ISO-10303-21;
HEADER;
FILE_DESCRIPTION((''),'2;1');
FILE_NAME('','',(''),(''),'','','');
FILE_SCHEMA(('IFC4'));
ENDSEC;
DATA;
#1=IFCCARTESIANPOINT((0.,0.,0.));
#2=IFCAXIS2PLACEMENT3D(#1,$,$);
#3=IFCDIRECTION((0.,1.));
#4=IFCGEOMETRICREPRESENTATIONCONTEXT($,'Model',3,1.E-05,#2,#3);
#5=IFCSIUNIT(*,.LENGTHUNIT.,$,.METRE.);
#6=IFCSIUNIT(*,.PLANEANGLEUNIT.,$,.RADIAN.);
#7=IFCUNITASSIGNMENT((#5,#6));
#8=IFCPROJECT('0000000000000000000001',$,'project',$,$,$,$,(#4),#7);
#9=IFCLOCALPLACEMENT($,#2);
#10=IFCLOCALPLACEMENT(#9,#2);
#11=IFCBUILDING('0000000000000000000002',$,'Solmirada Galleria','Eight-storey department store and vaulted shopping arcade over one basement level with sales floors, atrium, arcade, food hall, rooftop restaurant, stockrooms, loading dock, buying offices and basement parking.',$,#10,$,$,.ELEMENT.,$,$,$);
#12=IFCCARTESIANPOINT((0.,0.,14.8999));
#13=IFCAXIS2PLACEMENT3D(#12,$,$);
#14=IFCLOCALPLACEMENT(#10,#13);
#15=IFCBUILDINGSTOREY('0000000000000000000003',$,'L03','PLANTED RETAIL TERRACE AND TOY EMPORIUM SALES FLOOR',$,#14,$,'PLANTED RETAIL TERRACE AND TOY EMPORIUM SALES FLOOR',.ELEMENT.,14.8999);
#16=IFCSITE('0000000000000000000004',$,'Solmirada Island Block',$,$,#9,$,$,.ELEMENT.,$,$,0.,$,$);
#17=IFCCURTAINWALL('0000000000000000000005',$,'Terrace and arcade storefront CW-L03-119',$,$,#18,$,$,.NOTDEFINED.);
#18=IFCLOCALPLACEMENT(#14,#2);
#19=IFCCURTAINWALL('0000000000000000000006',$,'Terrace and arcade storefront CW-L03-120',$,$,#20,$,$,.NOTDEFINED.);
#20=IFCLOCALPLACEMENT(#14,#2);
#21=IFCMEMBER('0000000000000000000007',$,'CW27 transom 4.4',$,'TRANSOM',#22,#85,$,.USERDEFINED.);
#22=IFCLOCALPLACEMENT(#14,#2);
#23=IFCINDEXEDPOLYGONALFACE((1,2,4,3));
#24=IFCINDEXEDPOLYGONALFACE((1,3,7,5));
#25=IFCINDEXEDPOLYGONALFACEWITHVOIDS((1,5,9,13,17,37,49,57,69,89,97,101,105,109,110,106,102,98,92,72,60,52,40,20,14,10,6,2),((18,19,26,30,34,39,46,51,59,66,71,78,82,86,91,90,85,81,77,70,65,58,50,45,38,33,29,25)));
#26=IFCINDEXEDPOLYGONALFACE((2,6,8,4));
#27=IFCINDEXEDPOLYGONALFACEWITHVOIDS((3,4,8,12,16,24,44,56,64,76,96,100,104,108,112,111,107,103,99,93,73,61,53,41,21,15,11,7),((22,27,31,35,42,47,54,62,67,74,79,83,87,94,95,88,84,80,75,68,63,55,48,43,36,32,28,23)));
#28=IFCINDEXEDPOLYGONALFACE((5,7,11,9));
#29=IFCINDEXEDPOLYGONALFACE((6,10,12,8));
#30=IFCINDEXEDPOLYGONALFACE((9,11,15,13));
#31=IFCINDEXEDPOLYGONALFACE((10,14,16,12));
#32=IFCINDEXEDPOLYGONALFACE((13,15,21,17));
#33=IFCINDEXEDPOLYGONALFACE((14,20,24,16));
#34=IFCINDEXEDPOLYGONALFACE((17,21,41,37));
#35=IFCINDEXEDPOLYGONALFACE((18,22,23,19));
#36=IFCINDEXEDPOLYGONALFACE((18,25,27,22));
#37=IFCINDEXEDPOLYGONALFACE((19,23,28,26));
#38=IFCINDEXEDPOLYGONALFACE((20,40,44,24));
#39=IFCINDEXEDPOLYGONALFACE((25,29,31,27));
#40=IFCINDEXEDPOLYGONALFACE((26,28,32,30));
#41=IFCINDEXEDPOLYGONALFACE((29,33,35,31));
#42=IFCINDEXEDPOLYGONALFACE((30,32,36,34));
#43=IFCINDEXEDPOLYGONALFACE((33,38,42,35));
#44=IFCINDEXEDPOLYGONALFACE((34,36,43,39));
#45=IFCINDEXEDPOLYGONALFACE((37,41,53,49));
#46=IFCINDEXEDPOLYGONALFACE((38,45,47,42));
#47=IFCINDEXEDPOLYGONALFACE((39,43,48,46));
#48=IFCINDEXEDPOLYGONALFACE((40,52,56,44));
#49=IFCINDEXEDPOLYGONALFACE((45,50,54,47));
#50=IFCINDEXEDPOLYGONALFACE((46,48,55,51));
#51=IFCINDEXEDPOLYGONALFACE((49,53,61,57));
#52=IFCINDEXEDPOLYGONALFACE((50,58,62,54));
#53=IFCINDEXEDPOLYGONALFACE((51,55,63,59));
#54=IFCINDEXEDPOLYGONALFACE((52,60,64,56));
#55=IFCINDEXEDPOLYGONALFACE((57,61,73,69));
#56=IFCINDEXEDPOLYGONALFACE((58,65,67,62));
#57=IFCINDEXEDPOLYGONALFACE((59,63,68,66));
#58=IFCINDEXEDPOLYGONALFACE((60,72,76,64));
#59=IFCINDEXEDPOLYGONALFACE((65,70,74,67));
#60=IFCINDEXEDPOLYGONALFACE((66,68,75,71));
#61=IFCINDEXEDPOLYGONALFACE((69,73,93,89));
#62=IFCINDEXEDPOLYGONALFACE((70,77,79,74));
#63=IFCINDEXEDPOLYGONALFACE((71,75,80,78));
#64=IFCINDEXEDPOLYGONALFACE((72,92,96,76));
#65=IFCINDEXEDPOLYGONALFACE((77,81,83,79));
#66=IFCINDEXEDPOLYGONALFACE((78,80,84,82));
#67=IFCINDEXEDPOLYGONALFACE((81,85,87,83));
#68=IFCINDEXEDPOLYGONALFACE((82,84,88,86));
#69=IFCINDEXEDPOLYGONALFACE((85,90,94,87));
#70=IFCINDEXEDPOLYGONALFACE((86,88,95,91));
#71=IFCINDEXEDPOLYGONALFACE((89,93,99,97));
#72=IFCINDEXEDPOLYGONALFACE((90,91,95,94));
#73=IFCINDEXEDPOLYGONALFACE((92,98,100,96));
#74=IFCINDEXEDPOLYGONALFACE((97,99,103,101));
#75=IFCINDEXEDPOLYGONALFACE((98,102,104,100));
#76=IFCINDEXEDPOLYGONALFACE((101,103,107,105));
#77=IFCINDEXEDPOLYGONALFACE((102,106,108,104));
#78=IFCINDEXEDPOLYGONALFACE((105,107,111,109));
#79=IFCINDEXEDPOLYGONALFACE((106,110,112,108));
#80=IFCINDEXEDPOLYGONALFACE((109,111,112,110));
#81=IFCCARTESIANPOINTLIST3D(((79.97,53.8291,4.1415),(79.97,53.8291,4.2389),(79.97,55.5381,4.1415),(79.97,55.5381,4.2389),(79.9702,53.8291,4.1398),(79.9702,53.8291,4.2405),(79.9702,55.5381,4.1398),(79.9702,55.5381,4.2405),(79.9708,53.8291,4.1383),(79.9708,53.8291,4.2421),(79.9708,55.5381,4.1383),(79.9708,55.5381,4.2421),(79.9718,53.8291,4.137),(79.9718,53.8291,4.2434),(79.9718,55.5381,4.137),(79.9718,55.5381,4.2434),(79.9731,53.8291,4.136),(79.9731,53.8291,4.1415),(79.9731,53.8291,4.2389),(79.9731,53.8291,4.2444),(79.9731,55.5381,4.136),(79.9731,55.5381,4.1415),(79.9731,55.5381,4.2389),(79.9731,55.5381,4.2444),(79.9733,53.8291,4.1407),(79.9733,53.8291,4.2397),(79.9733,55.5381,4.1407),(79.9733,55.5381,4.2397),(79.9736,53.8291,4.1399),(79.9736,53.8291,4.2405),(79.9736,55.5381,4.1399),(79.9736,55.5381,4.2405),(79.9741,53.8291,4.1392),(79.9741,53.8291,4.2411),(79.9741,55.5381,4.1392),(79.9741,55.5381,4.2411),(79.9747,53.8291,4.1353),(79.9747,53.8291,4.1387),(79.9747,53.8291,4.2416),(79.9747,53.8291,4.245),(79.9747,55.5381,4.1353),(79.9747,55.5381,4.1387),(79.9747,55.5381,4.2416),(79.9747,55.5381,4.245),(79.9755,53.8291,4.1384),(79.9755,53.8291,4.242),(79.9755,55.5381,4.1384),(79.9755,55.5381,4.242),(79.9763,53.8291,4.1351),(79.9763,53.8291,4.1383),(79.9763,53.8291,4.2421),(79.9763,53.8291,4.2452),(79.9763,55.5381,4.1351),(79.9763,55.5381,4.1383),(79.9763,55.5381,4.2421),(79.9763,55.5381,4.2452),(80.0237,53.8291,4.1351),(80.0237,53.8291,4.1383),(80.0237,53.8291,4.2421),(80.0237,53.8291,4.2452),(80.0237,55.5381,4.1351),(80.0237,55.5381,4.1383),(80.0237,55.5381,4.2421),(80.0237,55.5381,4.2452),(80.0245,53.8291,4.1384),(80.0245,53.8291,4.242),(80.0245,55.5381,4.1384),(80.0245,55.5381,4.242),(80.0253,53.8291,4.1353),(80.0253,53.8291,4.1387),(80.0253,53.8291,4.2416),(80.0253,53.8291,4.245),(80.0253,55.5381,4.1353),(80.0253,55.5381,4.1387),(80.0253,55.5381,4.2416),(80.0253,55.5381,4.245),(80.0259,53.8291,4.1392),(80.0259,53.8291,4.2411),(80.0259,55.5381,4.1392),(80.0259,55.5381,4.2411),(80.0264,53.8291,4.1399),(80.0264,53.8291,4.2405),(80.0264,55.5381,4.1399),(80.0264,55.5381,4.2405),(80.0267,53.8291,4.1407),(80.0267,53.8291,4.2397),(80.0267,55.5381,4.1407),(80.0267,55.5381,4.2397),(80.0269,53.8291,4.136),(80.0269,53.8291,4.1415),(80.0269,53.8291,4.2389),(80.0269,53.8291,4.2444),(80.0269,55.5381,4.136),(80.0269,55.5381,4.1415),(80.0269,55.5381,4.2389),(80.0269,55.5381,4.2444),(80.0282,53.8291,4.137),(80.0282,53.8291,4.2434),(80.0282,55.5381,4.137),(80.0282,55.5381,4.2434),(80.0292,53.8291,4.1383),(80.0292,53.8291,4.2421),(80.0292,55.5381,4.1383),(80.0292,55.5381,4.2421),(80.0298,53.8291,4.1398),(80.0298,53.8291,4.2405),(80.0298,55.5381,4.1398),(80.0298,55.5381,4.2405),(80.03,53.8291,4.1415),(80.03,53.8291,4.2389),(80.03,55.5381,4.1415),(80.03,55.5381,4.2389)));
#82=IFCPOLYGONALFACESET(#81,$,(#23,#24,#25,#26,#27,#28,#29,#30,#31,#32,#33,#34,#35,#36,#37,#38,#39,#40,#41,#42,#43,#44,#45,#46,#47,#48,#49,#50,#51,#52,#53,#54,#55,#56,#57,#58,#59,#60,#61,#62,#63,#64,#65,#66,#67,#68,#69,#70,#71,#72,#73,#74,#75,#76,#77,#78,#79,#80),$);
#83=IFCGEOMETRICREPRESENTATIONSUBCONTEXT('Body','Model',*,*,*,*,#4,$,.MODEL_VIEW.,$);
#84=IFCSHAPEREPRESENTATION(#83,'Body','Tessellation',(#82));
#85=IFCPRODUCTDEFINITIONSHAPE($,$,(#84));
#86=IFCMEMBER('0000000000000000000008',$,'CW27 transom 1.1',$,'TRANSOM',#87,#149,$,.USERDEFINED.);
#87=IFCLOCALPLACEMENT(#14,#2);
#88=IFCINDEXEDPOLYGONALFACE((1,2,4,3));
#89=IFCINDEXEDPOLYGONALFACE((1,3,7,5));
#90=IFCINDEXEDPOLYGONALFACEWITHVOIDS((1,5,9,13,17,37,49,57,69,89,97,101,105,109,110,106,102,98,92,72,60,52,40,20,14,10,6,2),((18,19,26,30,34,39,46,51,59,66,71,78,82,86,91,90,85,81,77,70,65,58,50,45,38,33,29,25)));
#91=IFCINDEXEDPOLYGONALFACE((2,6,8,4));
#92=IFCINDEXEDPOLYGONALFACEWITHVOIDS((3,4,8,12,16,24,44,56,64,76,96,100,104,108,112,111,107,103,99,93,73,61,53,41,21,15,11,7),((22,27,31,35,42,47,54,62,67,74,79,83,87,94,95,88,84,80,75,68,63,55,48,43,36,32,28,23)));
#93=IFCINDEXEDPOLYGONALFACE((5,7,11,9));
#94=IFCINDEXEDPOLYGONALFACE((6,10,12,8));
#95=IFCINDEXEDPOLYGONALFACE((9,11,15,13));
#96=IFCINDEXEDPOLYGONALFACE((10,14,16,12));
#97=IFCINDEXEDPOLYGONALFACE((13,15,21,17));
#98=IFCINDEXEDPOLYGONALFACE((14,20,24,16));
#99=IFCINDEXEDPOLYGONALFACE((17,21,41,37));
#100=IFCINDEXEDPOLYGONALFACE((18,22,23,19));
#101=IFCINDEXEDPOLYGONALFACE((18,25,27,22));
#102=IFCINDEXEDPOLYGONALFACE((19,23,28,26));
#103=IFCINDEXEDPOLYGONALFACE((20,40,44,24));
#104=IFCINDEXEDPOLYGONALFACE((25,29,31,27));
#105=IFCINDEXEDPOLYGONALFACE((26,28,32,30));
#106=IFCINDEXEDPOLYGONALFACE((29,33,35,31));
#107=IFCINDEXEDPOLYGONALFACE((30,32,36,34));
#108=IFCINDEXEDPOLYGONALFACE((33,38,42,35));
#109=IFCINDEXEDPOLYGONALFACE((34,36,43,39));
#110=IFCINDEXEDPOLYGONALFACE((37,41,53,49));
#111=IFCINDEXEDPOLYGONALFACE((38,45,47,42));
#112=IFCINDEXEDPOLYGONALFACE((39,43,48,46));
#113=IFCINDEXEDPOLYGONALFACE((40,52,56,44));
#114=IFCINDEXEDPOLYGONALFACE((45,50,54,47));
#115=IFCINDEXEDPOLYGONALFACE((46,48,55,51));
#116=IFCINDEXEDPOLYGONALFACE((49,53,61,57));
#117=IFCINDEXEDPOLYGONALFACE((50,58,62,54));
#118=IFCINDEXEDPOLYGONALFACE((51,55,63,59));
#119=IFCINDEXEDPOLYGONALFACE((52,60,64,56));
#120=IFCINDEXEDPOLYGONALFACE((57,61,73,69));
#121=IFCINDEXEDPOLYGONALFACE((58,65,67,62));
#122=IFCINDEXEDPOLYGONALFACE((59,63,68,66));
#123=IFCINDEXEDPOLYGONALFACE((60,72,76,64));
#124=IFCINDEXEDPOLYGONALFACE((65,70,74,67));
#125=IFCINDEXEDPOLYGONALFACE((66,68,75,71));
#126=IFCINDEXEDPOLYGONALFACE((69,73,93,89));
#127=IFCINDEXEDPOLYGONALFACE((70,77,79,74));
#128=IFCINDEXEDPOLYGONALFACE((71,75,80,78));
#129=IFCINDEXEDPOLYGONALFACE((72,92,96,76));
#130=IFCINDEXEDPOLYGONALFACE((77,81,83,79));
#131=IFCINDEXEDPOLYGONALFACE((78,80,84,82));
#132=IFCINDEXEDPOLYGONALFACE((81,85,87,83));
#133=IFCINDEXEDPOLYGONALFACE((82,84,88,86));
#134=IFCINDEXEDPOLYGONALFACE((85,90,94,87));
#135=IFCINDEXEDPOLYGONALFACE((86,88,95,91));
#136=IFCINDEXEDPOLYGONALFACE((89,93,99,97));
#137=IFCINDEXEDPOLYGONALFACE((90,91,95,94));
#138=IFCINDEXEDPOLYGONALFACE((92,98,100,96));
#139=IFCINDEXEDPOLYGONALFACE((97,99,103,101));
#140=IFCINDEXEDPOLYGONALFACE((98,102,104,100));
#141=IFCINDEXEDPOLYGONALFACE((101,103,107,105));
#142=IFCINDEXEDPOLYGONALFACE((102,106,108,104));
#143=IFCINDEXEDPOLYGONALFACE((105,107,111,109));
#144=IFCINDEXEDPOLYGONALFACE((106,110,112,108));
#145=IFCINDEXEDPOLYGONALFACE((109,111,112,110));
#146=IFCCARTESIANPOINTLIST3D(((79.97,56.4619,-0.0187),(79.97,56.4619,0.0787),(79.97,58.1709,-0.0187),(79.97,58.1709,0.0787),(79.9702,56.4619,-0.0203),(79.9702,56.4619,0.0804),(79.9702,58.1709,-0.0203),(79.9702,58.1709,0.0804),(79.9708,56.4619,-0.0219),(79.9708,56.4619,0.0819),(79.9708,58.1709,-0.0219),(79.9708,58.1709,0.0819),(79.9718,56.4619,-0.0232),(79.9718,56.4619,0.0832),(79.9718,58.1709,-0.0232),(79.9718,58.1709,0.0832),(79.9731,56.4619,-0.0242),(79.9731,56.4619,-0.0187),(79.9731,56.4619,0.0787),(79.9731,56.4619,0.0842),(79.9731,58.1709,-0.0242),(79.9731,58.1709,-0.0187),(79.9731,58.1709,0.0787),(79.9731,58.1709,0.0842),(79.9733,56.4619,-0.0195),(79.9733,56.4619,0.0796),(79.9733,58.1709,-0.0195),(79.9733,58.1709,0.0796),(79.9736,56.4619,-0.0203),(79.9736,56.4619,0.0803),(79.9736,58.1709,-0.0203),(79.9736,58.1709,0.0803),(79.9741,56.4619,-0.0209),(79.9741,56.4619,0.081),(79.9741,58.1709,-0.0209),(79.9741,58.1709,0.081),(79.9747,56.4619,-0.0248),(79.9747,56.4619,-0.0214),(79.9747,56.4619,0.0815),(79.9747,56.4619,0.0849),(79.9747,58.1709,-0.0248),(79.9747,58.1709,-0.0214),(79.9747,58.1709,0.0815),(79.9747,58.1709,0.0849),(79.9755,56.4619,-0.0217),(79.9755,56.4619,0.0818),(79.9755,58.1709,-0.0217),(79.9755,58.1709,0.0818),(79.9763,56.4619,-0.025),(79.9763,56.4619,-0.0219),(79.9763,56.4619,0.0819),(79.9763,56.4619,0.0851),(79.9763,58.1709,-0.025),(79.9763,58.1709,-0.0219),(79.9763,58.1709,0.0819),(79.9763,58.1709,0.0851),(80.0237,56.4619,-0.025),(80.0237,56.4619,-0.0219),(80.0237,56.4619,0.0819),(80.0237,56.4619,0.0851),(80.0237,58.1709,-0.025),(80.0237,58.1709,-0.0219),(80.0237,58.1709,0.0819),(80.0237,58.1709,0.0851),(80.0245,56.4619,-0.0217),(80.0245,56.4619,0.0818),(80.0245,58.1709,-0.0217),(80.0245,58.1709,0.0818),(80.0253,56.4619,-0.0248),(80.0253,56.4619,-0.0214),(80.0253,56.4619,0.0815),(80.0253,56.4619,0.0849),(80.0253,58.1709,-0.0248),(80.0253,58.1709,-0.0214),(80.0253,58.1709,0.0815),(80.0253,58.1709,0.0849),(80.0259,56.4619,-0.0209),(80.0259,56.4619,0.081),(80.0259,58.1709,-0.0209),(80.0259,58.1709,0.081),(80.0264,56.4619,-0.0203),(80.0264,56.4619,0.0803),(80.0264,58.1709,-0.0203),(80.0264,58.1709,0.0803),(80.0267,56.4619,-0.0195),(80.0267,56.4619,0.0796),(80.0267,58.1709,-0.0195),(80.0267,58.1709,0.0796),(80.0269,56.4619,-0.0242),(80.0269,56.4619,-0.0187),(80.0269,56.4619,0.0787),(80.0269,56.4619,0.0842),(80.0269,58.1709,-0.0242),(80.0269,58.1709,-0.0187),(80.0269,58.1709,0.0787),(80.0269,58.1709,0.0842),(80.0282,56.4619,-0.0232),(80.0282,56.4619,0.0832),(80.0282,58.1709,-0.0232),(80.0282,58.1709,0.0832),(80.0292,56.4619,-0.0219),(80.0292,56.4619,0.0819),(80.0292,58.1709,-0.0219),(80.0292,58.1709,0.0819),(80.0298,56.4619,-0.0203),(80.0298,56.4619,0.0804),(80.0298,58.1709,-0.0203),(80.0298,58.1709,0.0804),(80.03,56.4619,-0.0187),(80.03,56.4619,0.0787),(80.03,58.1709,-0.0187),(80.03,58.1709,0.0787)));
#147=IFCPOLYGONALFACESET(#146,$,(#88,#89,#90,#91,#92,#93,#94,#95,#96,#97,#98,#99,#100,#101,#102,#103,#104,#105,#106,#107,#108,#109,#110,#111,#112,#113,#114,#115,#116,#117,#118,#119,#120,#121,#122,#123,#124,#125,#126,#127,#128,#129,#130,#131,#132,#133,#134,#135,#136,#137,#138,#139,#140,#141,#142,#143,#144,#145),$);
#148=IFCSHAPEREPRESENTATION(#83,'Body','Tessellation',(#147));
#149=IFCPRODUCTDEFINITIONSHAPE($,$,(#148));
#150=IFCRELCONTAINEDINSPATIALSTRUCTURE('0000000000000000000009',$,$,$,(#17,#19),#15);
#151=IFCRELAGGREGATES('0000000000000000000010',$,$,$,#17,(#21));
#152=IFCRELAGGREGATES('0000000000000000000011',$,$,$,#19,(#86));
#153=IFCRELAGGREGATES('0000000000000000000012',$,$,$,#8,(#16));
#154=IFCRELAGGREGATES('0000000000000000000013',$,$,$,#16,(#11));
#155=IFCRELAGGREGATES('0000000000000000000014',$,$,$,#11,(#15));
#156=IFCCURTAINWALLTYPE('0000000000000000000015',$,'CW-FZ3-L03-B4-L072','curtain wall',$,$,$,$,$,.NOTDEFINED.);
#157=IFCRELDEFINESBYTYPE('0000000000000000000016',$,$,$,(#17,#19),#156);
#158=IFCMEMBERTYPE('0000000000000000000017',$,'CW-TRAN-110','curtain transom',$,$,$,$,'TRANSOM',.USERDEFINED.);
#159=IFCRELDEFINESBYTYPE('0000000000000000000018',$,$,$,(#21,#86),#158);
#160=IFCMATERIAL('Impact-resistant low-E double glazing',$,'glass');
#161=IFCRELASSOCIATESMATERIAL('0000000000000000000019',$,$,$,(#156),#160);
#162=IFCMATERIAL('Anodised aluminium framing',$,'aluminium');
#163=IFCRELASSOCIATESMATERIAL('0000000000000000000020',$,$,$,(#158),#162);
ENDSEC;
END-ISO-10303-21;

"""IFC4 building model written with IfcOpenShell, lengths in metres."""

from ifc_helpers import new_model, si_unit, direction, frame, origin, origin_2d, place, context, subcontext, project, spatial, hollow_rectangle, extrude, material, material_profile, profile_set, type_object, element, aggregate, save


model = new_model("IFC4")

# Units and contexts
model_context = context("Model", 3, precision=1e-05, world=origin(), true_north=direction((0.0, 1.0)))
body_context = subcontext(model_context, "Body", "Model", "MODEL_VIEW")
ifc_project = project(units=[si_unit("LENGTHUNIT", "METRE"), si_unit("PLANEANGLEUNIT", "RADIAN")], contexts=[model_context])

# Site, building, storey
site_placement = place(None, origin())
site = spatial("IfcSite", under=ifc_project, at=site_placement, Name="Solmirada Island Block", CompositionType="ELEMENT", RefElevation=0.0)
building_placement = place(site_placement, origin())
building = spatial("IfcBuilding", under=site, at=building_placement, Name="Solmirada Galleria", Description="Eight-storey department store and vaulted shopping arcade over one basement level with sales floors, atrium, arcade, food hall, rooftop restaurant, stockrooms, loading dock, buying offices and basement parking.", CompositionType="ELEMENT")
storey_placement = place(building_placement, frame((0.0, 0.0, 14.8999)))
storey = spatial("IfcBuildingStorey", under=building, at=storey_placement, Name="L03", Description="PLANTED RETAIL TERRACE AND TOY EMPORIUM SALES FLOOR", LongName="PLANTED RETAIL TERRACE AND TOY EMPORIUM SALES FLOOR", CompositionType="ELEMENT", Elevation=14.8999)

# Curtain wall
ifc_material_1 = material(Name="Impact-resistant low-E double glazing", Category="glass")
curtain_wall_type_1 = type_object("IfcCurtainWallType", Name="CW-FZ3-L03-B4-L072", Description="curtain wall", PredefinedType="NOTDEFINED", material=ifc_material_1)
curtain_wall_1_placement = place(storey_placement, origin())
curtain_wall_1 = element("IfcCurtainWall", 1, at=curtain_wall_1_placement, inside=storey, type_object=curtain_wall_type_1, Name="Terrace and arcade storefront CW-L03-119", PredefinedType="NOTDEFINED")
ifc_material_2 = material(Name="Anodised aluminium framing", Category="aluminium")

# Curtain wall
curtain_wall_2_placement = place(storey_placement, origin())
curtain_wall_2 = element("IfcCurtainWall", 2, at=curtain_wall_2_placement, inside=storey, type_object=curtain_wall_type_1, Name="Terrace and arcade storefront CW-L03-120", PredefinedType="NOTDEFINED")

# Members
ifc_material_profile_1 = material_profile(ifc_material_2, hollow_rectangle(XDim=0.0601, YDim=0.1101, WallThickness=0.0032, InnerFilletRadius=0.0032, OuterFilletRadius=0.0063, at=origin_2d()), Name="ALU-TRAN-110X60")
ifc_profile_set_1 = profile_set([ifc_material_profile_1], Name="Anodised aluminium framing")
member_type_1 = type_object("IfcMemberType", Name="CW-TRAN-110", Description="curtain transom", ElementType="TRANSOM", PredefinedType="USERDEFINED", material=ifc_profile_set_1)
member_1_placement = place(storey_placement, frame((80.0, 53.8291, 4.1902), z_axis=(0.0, 1.0, 0.0), x_axis=(-1.0, 0.0, 0.0)))
member_1 = element("IfcMember", 3, at=member_1_placement, type_object=member_type_1, Name="CW27 transom 4.4", ObjectType="TRANSOM", PredefinedType="USERDEFINED", context=body_context, shape_type="SweptSolid", body=[
    extrude(hollow_rectangle(XDim=0.0601, YDim=0.1101, WallThickness=0.0032, InnerFilletRadius=0.0032, OuterFilletRadius=0.0063, at=origin_2d()), origin(), (0.0, 0.0, 1.0), 1.709),
])
member_2_placement = place(storey_placement, frame((80.0, 56.4619, 0.03), z_axis=(0.0, 1.0, 0.0), x_axis=(-1.0, 0.0, 0.0)))
member_2 = element("IfcMember", 4, at=member_2_placement, type_object=member_type_1, Name="CW27 transom 1.1", ObjectType="TRANSOM", PredefinedType="USERDEFINED", context=body_context, shape_type="SweptSolid", body=[
    extrude(hollow_rectangle(XDim=0.0601, YDim=0.1101, WallThickness=0.0032, InnerFilletRadius=0.0032, OuterFilletRadius=0.0063, at=origin_2d()), origin(), (0.0, 0.0, 1.0), 1.709),
])

aggregate(curtain_wall_1, [member_1])
aggregate(curtain_wall_2, [member_2])

save(model, "model.ifc")
